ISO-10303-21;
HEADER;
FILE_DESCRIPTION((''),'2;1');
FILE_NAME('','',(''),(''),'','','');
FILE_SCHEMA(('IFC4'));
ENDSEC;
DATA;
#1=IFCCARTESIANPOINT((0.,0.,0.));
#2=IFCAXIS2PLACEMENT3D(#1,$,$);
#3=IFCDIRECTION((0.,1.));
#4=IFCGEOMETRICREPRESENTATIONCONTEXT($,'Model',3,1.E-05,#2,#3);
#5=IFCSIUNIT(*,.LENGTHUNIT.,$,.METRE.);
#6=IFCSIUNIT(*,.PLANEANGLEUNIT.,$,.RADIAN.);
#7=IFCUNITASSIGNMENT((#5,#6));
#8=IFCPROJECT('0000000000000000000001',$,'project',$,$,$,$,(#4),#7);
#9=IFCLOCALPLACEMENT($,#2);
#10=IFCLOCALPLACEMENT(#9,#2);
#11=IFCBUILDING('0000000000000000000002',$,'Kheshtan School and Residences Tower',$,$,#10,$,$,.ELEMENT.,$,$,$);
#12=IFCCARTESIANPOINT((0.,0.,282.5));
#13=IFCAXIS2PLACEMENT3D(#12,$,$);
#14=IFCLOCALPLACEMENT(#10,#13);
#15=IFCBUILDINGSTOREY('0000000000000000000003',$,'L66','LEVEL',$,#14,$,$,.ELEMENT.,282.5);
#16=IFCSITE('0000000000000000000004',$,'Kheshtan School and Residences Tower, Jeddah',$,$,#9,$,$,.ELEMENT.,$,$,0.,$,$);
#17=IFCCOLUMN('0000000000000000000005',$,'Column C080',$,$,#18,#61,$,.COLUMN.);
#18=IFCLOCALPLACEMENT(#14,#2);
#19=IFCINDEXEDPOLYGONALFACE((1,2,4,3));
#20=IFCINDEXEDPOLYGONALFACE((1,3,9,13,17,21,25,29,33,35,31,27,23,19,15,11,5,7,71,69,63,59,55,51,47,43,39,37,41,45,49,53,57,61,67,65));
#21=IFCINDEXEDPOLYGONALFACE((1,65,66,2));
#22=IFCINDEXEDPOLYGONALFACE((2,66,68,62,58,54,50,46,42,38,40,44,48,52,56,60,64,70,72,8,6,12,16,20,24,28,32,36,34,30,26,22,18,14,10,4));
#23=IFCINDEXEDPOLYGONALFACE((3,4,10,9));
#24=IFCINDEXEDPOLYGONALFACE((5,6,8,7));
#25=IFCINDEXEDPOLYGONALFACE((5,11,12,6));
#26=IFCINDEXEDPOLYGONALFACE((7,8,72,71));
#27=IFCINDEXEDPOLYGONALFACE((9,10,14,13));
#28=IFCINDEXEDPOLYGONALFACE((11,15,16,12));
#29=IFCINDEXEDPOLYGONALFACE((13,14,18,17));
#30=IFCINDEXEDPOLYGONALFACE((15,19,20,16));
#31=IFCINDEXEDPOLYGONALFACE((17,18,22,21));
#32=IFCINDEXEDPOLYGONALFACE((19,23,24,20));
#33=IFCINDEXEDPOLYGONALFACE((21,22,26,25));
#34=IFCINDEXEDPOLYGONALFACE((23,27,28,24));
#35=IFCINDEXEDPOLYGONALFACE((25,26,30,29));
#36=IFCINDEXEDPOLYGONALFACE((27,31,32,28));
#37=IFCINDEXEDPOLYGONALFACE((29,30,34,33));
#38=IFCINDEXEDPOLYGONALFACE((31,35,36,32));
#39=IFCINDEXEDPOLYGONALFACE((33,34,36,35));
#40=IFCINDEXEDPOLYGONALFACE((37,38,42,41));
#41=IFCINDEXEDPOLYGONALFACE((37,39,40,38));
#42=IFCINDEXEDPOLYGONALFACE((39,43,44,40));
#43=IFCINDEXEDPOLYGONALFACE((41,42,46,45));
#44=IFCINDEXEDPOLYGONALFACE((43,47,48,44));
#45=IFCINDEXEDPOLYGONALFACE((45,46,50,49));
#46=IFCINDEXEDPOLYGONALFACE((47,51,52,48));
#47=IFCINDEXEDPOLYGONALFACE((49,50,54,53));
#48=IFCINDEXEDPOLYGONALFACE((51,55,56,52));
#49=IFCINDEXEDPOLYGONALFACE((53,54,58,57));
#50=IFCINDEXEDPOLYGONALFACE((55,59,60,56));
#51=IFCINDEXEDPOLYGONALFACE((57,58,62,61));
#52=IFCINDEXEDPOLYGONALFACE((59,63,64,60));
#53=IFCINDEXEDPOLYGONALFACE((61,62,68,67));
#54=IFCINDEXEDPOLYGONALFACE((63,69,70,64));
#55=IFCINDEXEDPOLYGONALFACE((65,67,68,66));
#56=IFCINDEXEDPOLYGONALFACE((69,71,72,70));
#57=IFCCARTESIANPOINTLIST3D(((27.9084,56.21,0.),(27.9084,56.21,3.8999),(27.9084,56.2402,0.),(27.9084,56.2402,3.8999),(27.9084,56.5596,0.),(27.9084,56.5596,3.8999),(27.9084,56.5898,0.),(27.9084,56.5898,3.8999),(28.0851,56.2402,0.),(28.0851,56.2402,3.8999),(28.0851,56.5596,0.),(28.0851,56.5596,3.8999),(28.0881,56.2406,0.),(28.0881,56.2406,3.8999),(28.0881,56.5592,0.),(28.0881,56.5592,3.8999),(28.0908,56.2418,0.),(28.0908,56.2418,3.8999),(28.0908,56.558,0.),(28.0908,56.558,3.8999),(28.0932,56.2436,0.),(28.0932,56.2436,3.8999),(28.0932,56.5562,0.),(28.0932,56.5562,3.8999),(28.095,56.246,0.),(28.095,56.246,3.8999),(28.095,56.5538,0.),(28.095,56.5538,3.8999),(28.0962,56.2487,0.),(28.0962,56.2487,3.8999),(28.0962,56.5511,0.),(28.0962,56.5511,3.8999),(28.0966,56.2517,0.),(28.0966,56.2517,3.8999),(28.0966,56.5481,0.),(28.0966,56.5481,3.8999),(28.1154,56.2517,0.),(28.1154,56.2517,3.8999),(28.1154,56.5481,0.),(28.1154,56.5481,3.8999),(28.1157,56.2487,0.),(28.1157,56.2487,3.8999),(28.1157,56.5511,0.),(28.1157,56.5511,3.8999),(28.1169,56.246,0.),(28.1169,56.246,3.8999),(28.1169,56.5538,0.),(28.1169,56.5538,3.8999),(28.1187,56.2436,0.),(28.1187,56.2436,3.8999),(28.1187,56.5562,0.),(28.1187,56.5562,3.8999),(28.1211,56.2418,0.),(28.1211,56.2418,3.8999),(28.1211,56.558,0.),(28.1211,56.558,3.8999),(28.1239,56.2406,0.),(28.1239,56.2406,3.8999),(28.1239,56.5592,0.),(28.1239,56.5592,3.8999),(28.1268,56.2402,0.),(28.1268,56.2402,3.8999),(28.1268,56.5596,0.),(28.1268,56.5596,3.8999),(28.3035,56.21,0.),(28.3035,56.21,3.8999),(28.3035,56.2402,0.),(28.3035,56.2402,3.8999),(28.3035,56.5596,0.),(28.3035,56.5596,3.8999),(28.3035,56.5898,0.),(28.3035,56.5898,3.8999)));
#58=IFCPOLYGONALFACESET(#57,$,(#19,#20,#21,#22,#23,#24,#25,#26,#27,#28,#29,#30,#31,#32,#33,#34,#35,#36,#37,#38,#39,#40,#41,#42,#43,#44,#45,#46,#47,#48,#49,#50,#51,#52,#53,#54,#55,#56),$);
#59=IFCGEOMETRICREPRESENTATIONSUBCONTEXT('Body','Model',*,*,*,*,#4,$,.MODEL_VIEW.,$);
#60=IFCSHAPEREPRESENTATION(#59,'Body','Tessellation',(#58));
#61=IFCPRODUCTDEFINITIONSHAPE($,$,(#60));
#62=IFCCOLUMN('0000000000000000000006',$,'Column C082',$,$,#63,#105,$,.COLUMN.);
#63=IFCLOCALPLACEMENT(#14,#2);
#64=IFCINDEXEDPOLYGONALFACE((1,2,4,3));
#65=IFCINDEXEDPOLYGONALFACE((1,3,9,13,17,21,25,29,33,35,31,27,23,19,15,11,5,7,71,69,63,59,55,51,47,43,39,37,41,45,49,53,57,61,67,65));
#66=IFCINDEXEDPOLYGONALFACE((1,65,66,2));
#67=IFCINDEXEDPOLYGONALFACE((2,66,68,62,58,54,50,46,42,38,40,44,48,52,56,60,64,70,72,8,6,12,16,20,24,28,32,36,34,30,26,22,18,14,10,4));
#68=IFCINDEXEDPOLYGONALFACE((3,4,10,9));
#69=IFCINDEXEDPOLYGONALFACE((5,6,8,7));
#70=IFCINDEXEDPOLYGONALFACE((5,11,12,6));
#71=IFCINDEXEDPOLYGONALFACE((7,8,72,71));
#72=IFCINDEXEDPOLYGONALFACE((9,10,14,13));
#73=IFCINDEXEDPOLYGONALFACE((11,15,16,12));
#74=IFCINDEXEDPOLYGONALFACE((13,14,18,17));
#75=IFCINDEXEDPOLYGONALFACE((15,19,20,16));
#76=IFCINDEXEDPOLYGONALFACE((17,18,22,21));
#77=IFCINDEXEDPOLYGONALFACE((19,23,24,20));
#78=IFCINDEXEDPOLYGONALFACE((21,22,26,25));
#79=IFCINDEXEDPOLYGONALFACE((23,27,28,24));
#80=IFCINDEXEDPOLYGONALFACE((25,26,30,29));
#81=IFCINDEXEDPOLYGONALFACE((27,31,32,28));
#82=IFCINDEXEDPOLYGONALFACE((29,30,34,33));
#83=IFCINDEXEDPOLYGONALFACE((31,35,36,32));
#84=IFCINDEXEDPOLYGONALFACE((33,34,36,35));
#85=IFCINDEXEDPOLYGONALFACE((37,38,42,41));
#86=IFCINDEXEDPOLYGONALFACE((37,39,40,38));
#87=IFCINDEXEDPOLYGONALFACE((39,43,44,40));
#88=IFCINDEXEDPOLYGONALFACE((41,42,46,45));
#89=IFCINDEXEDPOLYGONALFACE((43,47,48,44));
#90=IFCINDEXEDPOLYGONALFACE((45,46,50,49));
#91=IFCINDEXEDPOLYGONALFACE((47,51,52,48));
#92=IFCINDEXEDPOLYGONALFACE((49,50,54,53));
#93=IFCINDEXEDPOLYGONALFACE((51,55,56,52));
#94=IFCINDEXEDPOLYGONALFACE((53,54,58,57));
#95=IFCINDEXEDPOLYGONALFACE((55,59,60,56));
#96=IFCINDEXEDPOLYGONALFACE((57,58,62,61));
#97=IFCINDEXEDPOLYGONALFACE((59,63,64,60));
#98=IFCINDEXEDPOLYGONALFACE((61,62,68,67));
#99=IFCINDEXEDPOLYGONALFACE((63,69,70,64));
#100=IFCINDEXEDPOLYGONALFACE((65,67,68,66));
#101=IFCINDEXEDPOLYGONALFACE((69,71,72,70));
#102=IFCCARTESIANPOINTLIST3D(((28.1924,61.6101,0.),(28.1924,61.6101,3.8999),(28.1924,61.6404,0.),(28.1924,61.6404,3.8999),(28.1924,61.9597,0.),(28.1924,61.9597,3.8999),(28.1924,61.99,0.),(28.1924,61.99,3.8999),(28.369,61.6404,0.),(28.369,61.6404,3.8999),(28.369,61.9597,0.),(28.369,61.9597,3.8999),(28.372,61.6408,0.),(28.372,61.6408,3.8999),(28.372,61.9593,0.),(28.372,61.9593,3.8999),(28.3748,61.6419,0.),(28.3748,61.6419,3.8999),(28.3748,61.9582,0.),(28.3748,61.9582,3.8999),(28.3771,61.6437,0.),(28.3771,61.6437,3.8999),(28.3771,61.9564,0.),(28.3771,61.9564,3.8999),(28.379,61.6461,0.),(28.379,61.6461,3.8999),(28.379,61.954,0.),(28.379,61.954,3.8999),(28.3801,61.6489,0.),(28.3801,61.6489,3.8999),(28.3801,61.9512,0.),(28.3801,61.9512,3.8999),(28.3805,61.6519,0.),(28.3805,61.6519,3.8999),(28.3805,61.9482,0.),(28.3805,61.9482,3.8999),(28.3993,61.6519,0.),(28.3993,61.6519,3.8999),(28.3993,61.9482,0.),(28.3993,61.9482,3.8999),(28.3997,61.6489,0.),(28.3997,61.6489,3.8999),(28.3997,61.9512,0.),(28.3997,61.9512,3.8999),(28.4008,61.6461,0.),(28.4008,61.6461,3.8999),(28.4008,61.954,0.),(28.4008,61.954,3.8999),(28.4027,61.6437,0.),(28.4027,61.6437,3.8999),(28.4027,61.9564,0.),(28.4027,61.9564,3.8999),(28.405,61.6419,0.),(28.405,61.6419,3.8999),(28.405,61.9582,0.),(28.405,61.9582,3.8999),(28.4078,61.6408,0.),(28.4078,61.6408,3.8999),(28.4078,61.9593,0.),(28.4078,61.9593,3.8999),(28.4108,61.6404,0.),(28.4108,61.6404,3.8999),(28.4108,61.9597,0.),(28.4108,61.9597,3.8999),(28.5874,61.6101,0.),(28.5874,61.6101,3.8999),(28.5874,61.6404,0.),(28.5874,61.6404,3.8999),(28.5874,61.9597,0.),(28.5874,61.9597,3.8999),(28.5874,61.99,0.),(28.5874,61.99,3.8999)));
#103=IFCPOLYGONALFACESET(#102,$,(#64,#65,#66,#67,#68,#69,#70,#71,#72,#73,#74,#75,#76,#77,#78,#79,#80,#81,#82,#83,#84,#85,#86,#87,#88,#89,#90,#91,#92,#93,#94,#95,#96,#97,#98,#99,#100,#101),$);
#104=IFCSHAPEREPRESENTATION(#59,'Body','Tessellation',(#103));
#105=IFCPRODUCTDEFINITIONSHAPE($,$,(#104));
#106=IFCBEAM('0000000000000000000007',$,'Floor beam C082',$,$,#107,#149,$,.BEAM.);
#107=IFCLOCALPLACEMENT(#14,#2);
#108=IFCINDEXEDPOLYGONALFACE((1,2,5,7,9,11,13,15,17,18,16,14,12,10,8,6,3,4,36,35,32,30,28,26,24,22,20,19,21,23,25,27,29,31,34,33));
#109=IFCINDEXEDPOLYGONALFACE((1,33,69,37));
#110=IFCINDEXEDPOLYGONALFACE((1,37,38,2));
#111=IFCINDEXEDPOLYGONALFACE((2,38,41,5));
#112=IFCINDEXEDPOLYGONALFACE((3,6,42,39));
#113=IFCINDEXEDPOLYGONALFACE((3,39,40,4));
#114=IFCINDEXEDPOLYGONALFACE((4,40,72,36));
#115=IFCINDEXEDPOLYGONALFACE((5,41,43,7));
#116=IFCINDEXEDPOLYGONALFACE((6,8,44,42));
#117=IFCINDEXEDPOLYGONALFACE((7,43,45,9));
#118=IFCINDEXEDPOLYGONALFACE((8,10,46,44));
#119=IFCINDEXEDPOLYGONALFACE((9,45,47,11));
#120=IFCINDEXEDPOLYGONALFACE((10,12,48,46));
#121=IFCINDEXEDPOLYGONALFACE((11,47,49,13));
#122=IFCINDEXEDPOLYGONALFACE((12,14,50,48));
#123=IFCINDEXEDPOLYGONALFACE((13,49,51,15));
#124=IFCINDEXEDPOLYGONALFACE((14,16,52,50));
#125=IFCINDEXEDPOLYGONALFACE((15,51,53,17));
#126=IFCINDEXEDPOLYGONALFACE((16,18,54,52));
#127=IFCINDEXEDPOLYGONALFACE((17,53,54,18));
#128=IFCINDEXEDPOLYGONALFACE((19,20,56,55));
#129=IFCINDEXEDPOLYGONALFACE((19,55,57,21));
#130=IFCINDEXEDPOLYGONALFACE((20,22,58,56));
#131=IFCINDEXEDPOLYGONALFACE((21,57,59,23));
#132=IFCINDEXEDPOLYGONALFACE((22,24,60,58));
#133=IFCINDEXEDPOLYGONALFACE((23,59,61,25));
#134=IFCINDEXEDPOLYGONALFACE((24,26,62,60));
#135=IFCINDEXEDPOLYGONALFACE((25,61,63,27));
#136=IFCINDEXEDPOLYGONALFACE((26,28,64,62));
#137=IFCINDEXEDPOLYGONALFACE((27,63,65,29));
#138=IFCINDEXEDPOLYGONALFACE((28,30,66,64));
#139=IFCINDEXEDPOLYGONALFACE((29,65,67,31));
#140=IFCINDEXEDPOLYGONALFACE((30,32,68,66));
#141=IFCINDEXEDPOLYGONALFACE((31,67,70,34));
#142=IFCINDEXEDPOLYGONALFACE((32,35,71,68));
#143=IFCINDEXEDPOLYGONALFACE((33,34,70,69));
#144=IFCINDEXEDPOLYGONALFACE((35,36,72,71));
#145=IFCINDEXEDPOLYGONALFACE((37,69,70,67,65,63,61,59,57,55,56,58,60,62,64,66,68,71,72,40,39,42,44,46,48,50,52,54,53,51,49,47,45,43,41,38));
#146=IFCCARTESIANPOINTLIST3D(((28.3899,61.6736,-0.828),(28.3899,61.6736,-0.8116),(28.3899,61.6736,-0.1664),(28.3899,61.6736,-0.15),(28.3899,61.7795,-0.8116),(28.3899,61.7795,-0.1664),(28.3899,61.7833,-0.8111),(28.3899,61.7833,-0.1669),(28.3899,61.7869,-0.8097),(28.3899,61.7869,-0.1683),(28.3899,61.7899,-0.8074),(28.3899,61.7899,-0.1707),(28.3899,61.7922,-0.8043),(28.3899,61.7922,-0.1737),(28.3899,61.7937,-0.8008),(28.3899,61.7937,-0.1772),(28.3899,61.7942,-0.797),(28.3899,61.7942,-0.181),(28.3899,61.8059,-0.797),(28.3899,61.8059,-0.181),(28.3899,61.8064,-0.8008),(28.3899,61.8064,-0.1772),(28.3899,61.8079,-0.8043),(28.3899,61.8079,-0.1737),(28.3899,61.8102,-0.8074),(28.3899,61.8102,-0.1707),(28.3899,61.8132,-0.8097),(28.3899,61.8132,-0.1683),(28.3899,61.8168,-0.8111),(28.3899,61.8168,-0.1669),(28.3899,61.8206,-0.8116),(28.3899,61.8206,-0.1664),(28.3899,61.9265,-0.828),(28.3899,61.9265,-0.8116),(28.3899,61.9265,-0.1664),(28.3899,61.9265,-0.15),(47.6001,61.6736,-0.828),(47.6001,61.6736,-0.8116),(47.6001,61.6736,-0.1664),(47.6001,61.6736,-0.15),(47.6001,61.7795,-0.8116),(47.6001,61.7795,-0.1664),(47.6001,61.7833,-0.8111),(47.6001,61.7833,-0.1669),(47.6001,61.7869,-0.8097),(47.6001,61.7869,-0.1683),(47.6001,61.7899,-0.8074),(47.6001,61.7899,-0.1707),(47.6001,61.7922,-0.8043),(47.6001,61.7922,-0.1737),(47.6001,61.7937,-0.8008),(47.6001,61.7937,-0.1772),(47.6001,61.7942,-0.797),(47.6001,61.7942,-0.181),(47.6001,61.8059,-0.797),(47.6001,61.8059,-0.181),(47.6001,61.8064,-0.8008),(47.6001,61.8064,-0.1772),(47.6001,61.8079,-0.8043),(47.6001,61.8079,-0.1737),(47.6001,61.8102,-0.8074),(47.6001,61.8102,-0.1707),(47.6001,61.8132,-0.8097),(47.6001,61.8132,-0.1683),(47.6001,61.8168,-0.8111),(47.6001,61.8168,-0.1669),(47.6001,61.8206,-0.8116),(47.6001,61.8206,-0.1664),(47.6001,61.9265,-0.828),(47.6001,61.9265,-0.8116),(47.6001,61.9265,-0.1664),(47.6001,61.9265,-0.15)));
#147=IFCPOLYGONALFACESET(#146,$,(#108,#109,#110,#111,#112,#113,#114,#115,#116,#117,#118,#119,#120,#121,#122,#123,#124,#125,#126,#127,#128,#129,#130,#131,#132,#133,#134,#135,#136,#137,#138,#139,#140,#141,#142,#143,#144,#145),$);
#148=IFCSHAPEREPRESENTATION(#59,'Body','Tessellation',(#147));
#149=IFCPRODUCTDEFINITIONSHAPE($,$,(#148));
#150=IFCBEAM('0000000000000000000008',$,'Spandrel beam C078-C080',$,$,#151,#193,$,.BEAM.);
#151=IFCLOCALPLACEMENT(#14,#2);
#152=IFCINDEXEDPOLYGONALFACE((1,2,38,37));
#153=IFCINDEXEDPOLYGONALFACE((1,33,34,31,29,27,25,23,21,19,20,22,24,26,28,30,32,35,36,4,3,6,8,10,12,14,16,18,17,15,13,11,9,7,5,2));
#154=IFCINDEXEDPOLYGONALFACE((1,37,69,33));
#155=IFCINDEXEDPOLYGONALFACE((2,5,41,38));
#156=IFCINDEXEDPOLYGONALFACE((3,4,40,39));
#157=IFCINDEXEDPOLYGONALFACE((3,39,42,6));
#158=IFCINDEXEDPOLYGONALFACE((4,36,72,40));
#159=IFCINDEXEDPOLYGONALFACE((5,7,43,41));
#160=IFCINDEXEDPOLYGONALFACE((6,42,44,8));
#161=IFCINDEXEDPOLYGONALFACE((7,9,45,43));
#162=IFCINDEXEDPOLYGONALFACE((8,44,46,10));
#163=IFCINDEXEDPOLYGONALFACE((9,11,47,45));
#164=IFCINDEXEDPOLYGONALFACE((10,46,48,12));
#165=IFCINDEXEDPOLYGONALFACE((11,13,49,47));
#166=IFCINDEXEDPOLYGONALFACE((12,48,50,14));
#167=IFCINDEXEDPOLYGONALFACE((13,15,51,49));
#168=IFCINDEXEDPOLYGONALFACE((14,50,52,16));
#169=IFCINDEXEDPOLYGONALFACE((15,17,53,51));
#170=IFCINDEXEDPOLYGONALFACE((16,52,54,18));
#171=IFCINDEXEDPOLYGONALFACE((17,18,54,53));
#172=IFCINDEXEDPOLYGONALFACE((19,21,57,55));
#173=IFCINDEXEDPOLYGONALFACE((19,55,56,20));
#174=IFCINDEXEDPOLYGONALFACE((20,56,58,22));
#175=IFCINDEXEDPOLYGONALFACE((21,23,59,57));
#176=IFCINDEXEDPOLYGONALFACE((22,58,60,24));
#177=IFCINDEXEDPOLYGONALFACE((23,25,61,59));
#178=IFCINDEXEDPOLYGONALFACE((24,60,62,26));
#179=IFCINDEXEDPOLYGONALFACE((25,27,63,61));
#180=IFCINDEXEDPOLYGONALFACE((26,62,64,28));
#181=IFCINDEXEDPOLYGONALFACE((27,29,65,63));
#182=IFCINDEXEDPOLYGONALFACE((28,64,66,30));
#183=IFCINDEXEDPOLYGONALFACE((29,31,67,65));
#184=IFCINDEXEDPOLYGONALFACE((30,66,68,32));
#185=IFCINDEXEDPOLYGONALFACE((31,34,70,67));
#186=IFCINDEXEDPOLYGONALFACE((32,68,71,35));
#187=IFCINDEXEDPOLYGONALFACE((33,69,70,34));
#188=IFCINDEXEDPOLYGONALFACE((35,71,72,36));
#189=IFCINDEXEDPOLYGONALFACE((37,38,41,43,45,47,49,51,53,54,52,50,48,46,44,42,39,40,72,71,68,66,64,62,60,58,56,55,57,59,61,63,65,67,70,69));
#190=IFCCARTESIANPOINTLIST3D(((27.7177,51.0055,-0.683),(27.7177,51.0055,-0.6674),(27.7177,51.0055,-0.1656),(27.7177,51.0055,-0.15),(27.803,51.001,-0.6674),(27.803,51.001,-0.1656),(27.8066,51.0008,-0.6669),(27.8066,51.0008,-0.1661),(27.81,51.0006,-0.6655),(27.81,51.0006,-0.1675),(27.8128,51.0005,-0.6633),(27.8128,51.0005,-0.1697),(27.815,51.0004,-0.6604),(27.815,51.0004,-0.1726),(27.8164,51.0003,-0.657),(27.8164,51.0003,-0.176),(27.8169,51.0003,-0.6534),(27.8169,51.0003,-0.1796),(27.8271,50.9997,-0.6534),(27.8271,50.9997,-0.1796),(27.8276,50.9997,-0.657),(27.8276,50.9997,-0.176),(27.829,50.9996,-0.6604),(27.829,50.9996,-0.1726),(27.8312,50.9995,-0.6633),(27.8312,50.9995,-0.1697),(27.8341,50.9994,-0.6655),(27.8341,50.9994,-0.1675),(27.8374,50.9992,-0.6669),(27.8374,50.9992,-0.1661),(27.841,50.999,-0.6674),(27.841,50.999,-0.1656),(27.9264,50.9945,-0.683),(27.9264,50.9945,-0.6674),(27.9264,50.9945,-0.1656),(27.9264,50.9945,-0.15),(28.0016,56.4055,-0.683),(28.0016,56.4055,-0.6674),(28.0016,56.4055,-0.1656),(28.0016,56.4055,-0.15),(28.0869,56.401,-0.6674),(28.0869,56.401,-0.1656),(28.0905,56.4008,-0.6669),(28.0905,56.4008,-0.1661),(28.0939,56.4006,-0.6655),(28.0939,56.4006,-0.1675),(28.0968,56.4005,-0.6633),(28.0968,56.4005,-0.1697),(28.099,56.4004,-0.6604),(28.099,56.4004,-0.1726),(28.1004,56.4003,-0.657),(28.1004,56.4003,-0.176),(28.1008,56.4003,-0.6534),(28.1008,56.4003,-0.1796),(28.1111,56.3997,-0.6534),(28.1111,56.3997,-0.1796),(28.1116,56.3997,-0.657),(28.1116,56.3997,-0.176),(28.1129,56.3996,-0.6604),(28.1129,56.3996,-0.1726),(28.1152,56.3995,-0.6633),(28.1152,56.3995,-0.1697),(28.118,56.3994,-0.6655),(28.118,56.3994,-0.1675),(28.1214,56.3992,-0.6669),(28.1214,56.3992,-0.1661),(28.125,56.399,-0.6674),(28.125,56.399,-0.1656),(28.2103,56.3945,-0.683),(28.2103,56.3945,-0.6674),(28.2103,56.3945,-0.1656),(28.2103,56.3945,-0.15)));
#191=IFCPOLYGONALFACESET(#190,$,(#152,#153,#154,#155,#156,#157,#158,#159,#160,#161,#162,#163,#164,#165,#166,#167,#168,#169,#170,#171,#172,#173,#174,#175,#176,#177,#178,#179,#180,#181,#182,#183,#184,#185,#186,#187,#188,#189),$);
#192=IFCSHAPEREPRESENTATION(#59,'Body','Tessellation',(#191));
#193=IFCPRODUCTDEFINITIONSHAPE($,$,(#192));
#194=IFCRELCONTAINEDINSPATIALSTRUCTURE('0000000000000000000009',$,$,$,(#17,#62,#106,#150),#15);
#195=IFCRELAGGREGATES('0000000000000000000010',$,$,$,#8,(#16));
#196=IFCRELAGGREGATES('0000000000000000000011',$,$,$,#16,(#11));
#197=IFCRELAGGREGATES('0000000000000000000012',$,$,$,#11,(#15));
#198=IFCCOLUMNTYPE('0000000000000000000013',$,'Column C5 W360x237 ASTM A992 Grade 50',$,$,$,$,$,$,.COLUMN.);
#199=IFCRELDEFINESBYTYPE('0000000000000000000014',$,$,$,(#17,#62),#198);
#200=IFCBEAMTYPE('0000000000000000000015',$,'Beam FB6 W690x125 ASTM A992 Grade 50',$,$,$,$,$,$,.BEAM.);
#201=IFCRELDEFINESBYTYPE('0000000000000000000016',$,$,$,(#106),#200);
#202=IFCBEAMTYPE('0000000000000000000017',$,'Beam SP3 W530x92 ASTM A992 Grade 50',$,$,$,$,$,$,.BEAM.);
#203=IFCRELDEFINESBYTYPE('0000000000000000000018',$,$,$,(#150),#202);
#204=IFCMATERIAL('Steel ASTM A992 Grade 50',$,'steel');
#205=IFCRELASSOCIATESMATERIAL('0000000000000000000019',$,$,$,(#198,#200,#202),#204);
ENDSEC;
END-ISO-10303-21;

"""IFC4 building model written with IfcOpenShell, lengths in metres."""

from ifc_helpers import new_model, si_unit, direction, frame, origin, origin_2d, place, context, subcontext, project, spatial, i_section, extrude, material, material_profile, profile_set, type_object, element, save


model = new_model("IFC4")

# Units and contexts
model_context = context("Model", 3, precision=1e-05, world=origin(), true_north=direction((0.0, 1.0)))
body_context = subcontext(model_context, "Body", "Model", "MODEL_VIEW")
ifc_project = project(units=[si_unit("LENGTHUNIT", "METRE"), si_unit("PLANEANGLEUNIT", "RADIAN")], contexts=[model_context])

# Site, building, storey
site_placement = place(None, origin())
site = spatial("IfcSite", under=ifc_project, at=site_placement, Name="Kheshtan School and Residences Tower, Jeddah", CompositionType="ELEMENT", RefElevation=0.0)
building_placement = place(site_placement, origin())
building = spatial("IfcBuilding", under=site, at=building_placement, Name="Kheshtan School and Residences Tower", CompositionType="ELEMENT")
storey_placement = place(building_placement, frame((0.0, 0.0, 282.5)))
storey = spatial("IfcBuildingStorey", under=building, at=storey_placement, Name="L66", Description="LEVEL", CompositionType="ELEMENT", Elevation=282.5)

# Columns
ifc_material_1 = material(Name="Steel ASTM A992 Grade 50", Category="steel")
ifc_material_profile_1 = material_profile(ifc_material_1, i_section(OverallWidth=0.395, OverallDepth=0.3799, WebThickness=0.0188, FlangeThickness=0.0303, FilletRadius=0.0115, at=origin_2d()), Name="W360x237")
ifc_profile_set_1 = profile_set([ifc_material_profile_1], Name="Steel ASTM A992 Grade 50")
column_type = type_object("IfcColumnType", Name="Column C5 W360x237 ASTM A992 Grade 50", PredefinedType="COLUMN", material=ifc_profile_set_1)
for number, where, z_axis, x_axis, name in (
    (1, (28.106, 56.3999, 0.0), (0.0, 0.0, 1.0), (1.0, 0.0, 0.0), "Column C080"),
    (2, (28.3899, 61.8, 0.0), (0.0, 0.0, 1.0), (1.0, 0.0, 0.0), "Column C082"),
):
    element("IfcColumn", number, at=place(storey_placement, frame(where, z_axis=z_axis, x_axis=x_axis)), inside=storey, type_object=column_type, Name=name, PredefinedType="COLUMN", context=body_context, shape_type="SweptSolid", body=[
        extrude(i_section(OverallWidth=0.395, OverallDepth=0.3799, WebThickness=0.0188, FlangeThickness=0.0303, FilletRadius=0.0115, at=origin_2d()), origin(), (0.0, 0.0, 1.0), 3.8999),
    ])

# Beams
ifc_material_profile_2 = material_profile(ifc_material_1, i_section(OverallWidth=0.2529, OverallDepth=0.678, WebThickness=0.0117, FlangeThickness=0.0164, FilletRadius=0.0146, at=origin_2d()), Name="W690x125")
ifc_profile_set_2 = profile_set([ifc_material_profile_2], Name="Steel ASTM A992 Grade 50")
beam_type_1 = type_object("IfcBeamType", Name="Beam FB6 W690x125 ASTM A992 Grade 50", PredefinedType="BEAM", material=ifc_profile_set_2)
beam_1_placement = place(storey_placement, frame((28.3899, 61.8, -0.489), z_axis=(1.0, 0.0, 0.0), x_axis=(0.0, 1.0, 0.0)))
element("IfcBeam", 3, at=beam_1_placement, inside=storey, type_object=beam_type_1, Name="Floor beam C082", PredefinedType="BEAM", context=body_context, shape_type="SweptSolid", body=[
    extrude(i_section(OverallWidth=0.2529, OverallDepth=0.678, WebThickness=0.0117, FlangeThickness=0.0164, FilletRadius=0.0146, at=origin_2d()), origin(), (0.0, 0.0, 1.0), 19.2102),
])
ifc_material_profile_3 = material_profile(ifc_material_1, i_section(OverallWidth=0.209, OverallDepth=0.533, WebThickness=0.0103, FlangeThickness=0.0156, FilletRadius=0.0139, at=origin_2d()), Name="W530x92")
ifc_profile_set_3 = profile_set([ifc_material_profile_3], Name="Steel ASTM A992 Grade 50")
beam_type_2 = type_object("IfcBeamType", Name="Beam SP3 W530x92 ASTM A992 Grade 50", PredefinedType="BEAM", material=ifc_profile_set_3)
beam_2_placement = place(storey_placement, frame((27.822, 51.0, -0.4165), z_axis=(0.052509, 0.99862, 0.0), x_axis=(-0.99862, 0.052509, 0.0)))
element("IfcBeam", 4, at=beam_2_placement, inside=storey, type_object=beam_type_2, Name="Spandrel beam C078-C080", PredefinedType="BEAM", context=body_context, shape_type="SweptSolid", body=[
    extrude(i_section(OverallWidth=0.209, OverallDepth=0.533, WebThickness=0.0103, FlangeThickness=0.0156, FilletRadius=0.0139, at=origin_2d()), origin(), (0.0, 0.0, 1.0), 5.4075),
])

save(model, "model.ifc")
